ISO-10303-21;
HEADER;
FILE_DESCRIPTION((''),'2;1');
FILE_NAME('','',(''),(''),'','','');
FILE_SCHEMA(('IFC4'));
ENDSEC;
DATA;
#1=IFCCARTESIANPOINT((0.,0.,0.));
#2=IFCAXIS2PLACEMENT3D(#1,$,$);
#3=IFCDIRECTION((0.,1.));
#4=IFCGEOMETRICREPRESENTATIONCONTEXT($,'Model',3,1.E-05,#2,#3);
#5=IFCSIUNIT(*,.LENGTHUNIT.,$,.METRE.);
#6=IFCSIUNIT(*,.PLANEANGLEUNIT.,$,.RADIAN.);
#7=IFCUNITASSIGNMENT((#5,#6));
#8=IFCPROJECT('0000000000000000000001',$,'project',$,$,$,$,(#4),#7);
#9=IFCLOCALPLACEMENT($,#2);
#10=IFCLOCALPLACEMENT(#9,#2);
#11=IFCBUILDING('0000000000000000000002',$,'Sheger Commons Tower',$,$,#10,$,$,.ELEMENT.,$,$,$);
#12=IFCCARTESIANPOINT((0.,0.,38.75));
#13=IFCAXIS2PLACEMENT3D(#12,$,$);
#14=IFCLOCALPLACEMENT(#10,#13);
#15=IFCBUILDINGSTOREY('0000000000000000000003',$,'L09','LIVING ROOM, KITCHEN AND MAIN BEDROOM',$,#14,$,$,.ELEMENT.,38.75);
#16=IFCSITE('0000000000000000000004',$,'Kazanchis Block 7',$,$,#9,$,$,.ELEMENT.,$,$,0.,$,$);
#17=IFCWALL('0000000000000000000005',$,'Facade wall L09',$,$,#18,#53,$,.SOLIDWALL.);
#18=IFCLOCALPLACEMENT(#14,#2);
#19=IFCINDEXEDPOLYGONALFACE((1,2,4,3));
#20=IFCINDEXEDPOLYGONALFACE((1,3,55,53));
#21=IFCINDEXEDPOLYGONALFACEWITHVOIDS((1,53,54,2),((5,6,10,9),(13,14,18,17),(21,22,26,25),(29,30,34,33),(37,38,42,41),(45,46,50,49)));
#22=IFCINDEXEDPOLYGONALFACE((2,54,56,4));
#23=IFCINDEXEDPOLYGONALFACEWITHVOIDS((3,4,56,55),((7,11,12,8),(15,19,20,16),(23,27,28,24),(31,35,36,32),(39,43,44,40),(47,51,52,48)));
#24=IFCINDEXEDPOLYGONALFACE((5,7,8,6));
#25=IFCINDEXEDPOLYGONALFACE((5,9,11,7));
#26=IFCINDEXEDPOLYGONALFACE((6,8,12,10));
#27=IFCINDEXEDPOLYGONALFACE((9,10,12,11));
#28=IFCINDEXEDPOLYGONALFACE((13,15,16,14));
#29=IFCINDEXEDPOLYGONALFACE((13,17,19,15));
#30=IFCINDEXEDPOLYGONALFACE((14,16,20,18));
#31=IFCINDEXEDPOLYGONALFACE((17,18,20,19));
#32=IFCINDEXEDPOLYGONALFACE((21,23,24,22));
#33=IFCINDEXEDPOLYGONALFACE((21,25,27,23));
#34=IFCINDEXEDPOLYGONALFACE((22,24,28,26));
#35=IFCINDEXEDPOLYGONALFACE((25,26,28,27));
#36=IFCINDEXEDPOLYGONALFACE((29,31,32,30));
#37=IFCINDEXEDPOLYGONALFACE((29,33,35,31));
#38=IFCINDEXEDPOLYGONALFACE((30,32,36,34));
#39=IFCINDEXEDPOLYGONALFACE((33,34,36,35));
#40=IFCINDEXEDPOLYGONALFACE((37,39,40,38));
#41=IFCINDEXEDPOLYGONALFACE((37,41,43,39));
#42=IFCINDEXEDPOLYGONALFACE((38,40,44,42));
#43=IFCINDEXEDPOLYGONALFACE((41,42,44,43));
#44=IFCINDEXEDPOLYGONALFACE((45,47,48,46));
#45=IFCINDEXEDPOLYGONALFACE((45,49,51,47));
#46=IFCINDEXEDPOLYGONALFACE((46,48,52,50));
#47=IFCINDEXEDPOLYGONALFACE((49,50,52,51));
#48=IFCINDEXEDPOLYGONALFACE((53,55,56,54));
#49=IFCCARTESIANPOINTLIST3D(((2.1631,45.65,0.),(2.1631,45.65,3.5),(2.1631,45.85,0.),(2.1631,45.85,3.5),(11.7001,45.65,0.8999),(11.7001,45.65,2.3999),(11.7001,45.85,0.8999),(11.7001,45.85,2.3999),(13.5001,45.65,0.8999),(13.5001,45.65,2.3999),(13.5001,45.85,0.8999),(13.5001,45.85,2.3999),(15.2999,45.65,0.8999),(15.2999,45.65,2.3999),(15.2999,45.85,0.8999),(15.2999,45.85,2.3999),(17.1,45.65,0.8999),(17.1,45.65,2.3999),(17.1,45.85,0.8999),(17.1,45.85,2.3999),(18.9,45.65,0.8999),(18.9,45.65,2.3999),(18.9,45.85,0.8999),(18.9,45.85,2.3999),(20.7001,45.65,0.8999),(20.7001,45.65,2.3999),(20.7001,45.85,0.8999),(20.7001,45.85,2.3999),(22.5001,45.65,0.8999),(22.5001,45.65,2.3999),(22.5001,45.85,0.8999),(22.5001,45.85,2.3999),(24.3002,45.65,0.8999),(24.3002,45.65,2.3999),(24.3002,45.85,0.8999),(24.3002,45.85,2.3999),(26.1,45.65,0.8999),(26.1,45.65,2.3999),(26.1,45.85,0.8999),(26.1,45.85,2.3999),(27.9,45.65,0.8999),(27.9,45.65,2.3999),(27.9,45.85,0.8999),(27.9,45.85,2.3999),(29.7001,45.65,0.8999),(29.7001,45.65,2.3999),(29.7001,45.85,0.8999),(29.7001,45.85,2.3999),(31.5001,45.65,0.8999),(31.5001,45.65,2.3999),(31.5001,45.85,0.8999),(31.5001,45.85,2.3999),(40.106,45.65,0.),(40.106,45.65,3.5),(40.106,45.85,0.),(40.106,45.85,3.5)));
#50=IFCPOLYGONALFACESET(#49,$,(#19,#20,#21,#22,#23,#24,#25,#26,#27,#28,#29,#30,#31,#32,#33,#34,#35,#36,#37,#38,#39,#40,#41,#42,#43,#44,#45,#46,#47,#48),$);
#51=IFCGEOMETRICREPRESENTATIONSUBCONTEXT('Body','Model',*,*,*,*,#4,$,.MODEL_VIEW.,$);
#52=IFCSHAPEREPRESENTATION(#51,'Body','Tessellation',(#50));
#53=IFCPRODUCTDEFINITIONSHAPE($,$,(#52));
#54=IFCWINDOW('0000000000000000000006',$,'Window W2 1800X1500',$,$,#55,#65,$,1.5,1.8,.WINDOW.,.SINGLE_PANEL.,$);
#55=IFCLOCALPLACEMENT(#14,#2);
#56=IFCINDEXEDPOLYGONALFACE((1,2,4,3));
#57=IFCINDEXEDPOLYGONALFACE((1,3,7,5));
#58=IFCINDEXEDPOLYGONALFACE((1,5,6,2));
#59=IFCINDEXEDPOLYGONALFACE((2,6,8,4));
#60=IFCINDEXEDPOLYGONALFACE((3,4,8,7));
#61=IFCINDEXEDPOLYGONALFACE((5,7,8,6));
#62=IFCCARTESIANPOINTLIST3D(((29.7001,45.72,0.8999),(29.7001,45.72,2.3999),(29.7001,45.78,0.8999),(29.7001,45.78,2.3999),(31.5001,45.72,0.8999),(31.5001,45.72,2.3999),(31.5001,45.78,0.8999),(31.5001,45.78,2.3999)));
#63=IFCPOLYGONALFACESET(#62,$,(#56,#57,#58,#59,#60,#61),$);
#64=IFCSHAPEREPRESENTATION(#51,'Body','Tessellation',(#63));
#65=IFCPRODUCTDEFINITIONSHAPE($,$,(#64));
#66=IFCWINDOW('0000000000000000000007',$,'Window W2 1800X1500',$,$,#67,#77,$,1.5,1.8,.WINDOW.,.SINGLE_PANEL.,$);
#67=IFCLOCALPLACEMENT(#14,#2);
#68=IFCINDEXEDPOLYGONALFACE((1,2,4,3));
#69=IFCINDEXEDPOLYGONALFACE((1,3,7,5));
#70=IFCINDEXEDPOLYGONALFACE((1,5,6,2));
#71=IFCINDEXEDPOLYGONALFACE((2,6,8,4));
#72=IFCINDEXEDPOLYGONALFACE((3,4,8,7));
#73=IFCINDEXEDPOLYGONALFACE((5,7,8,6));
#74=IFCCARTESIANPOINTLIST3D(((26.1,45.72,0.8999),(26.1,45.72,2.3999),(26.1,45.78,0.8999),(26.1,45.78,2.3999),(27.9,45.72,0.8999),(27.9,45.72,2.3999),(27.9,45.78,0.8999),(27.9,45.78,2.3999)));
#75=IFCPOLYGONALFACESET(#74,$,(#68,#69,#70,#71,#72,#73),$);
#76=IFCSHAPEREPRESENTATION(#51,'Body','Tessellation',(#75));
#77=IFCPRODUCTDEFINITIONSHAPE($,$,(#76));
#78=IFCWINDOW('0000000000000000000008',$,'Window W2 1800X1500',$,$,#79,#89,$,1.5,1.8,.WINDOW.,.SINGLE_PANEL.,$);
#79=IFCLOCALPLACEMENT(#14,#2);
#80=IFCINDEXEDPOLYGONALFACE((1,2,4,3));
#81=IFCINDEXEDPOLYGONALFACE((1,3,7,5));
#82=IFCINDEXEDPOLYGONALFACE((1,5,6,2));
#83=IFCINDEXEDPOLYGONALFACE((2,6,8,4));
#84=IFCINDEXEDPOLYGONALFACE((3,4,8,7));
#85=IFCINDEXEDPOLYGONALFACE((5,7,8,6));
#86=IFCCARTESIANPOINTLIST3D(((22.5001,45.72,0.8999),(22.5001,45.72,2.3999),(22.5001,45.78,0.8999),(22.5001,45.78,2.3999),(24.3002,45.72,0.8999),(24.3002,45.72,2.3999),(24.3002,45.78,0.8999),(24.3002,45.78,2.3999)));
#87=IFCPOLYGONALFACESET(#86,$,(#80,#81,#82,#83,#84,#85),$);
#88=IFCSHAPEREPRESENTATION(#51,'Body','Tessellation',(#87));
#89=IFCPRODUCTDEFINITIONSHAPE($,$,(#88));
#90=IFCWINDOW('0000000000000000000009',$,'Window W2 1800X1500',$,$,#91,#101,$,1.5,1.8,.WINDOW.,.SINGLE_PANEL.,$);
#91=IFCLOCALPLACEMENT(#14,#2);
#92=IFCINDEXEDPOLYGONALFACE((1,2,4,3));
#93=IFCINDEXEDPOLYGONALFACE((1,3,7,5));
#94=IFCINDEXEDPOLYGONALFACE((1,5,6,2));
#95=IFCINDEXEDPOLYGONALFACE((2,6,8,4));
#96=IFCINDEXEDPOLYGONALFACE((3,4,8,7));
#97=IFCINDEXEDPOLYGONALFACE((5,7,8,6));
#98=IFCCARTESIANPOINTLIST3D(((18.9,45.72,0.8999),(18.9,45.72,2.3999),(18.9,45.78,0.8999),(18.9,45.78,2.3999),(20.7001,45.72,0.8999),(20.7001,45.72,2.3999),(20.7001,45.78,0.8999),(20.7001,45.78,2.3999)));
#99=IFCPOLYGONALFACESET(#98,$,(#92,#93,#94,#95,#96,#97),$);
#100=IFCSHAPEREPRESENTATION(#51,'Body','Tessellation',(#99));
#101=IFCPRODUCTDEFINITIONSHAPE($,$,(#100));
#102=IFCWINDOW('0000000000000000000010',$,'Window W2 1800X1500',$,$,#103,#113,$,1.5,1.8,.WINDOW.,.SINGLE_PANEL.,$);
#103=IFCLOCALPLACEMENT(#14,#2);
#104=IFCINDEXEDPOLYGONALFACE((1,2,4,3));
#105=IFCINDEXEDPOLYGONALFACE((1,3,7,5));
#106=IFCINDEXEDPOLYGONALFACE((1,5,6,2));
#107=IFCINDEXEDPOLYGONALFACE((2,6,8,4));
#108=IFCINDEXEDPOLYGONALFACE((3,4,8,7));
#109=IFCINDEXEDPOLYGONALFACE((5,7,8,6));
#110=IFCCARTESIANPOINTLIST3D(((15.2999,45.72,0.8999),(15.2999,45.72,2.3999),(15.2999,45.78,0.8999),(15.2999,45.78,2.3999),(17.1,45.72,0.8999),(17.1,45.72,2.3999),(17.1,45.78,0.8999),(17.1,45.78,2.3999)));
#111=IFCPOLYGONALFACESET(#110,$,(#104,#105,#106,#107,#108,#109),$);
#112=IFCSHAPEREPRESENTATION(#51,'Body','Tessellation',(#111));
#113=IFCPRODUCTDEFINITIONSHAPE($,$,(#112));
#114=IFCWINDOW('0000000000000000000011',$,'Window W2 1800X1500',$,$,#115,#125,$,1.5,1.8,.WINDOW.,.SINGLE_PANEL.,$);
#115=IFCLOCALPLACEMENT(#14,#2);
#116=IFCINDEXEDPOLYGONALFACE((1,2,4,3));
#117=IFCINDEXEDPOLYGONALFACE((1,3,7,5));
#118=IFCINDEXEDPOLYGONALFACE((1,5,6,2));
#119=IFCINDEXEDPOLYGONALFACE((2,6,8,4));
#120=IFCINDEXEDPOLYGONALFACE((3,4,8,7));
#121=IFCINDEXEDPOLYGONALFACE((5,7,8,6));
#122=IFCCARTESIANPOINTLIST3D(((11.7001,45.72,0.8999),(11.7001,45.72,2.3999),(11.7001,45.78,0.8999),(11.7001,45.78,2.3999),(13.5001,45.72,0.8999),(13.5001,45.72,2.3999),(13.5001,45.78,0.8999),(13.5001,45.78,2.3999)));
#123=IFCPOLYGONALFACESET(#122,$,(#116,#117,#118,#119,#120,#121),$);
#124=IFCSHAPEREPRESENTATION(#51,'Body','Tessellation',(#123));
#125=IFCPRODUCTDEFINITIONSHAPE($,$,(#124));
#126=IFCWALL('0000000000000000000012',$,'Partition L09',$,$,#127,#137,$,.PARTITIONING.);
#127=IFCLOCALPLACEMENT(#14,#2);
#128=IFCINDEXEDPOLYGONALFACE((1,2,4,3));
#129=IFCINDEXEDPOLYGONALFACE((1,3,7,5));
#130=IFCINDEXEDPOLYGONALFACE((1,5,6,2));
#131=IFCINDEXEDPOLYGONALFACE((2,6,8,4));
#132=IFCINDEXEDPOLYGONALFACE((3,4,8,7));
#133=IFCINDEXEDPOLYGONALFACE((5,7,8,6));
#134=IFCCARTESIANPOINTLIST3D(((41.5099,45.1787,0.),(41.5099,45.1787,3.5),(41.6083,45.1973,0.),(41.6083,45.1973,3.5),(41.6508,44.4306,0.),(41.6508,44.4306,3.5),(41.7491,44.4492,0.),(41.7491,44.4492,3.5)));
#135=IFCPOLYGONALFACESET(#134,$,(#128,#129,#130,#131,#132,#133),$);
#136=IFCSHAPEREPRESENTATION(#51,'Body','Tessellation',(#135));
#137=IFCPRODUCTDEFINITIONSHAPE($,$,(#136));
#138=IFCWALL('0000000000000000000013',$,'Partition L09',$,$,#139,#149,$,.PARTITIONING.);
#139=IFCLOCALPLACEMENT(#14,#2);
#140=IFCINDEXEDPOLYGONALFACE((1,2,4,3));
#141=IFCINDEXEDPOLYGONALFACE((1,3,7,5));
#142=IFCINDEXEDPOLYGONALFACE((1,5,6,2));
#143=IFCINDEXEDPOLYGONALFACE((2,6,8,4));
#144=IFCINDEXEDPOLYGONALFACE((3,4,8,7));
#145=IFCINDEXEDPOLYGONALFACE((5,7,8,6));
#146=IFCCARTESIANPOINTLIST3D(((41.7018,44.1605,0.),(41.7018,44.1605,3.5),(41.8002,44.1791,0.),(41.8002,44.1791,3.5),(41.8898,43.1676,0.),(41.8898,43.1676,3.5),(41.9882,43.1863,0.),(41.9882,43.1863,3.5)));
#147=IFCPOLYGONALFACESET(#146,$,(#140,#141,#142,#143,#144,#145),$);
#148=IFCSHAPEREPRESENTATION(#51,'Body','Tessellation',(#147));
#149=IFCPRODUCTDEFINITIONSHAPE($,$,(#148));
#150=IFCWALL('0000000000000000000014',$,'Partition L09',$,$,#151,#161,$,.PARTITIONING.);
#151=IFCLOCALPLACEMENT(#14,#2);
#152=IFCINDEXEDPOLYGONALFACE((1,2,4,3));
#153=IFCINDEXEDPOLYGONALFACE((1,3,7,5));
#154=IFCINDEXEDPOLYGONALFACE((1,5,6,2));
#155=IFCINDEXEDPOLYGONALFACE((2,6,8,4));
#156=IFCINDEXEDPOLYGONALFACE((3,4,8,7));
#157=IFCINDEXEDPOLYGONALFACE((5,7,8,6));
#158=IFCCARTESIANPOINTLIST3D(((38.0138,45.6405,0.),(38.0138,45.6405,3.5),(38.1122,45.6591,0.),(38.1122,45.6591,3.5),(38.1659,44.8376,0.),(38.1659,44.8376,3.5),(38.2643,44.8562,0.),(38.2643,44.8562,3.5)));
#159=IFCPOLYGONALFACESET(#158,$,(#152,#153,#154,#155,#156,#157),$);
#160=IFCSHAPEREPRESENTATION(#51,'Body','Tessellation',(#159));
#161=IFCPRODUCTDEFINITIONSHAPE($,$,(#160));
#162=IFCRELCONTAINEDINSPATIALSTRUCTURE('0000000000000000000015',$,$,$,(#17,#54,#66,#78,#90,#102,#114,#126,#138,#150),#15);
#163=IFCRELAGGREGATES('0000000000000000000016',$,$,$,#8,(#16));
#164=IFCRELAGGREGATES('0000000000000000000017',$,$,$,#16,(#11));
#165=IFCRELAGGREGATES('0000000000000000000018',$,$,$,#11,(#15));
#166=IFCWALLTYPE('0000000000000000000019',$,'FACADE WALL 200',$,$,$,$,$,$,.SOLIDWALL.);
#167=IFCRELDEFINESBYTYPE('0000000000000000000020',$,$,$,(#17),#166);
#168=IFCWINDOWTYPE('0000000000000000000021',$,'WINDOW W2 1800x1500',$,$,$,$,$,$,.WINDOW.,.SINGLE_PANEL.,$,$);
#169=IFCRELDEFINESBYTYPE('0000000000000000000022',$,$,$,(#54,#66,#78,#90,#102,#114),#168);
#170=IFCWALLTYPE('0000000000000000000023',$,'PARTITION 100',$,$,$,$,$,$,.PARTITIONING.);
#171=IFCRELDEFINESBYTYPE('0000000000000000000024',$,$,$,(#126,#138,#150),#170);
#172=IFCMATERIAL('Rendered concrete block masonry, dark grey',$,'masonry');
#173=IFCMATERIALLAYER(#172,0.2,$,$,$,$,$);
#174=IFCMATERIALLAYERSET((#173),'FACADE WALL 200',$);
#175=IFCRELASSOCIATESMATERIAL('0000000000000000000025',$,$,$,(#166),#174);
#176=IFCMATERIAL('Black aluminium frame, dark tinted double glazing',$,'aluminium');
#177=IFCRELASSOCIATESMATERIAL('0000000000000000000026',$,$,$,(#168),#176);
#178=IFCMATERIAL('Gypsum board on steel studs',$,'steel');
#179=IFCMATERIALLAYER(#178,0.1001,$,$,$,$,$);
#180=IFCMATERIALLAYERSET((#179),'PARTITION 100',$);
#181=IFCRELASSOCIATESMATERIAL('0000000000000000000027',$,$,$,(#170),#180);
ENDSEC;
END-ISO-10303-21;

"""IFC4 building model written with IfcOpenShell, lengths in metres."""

from ifc_helpers import new_model, si_unit, direction, frame, frame_2d, origin, place, context, subcontext, project, spatial, rectangle, extrude, material, layer, layer_set, type_object, element, fill, save


model = new_model("IFC4")

# Units and contexts
model_context = context("Model", 3, precision=1e-05, world=origin(), true_north=direction((0.0, 1.0)))
body_context = subcontext(model_context, "Body", "Model", "MODEL_VIEW")
ifc_project = project(units=[si_unit("LENGTHUNIT", "METRE"), si_unit("PLANEANGLEUNIT", "RADIAN")], contexts=[model_context])

# Site, building, storey
site_placement = place(None, origin())
site = spatial("IfcSite", under=ifc_project, at=site_placement, Name="Kazanchis Block 7", CompositionType="ELEMENT", RefElevation=0.0)
building_placement = place(site_placement, origin())
building = spatial("IfcBuilding", under=site, at=building_placement, Name="Sheger Commons Tower", CompositionType="ELEMENT")
storey_placement = place(building_placement, frame((0.0, 0.0, 38.75)))
storey = spatial("IfcBuildingStorey", under=building, at=storey_placement, Name="L09", Description="LIVING ROOM, KITCHEN AND MAIN BEDROOM", CompositionType="ELEMENT", Elevation=38.75)

# Shared definitions
ifc_material_1 = material(Name="Rendered concrete block masonry, dark grey", Category="masonry")
ifc_layer_1 = layer(ifc_material_1, 0.2)
ifc_layer_set_1 = layer_set([ifc_layer_1], Name="FACADE WALL 200")
wall_type_1 = type_object("IfcWallType", Name="FACADE WALL 200", PredefinedType="SOLIDWALL", material=ifc_layer_set_1)

# Wall, openings, windows
wall_1_placement = place(storey_placement, frame((40.106, 45.75, 0.0), z_axis=(0.0, 0.0, 1.0), x_axis=(-1.0, 0.0, 0.0)))
wall_1 = element("IfcWall", 1, at=wall_1_placement, inside=storey, type_object=wall_type_1, Name="Facade wall L09", PredefinedType="SOLIDWALL", context=body_context, shape_type="SweptSolid", body=[
    extrude(rectangle(XDim=37.9429, YDim=0.2, at=frame_2d((18.9714, 0.0))), origin(), (0.0, 0.0, 1.0), 3.5),
])
opening_1_placement = place(wall_1_placement, frame((8.606, 0.0, 0.8999)))
opening_1 = element("IfcOpeningElement", 2, at=opening_1_placement, cuts=wall_1, PredefinedType="OPENING", context=body_context, shape_type="SweptSolid", body=[
    extrude(rectangle(XDim=1.8, YDim=1.5, at=frame_2d((0.8999, 0.75))), frame((0.0, 0.1099, 0.0), z_axis=(0.0, -1.0, 0.0), x_axis=(1.0, 0.0, 0.0)), (0.0, 0.0, 1.0), 0.22),
])
opening_2_placement = place(wall_1_placement, frame((12.2061, 0.0, 0.8999)))
opening_2 = element("IfcOpeningElement", 3, at=opening_2_placement, cuts=wall_1, PredefinedType="OPENING", context=body_context, shape_type="SweptSolid", body=[
    extrude(rectangle(XDim=1.8, YDim=1.5, at=frame_2d((0.8999, 0.75))), frame((0.0, 0.1099, 0.0), z_axis=(0.0, -1.0, 0.0), x_axis=(1.0, 0.0, 0.0)), (0.0, 0.0, 1.0), 0.22),
])
opening_3_placement = place(wall_1_placement, frame((15.8059, 0.0, 0.8999)))
opening_3 = element("IfcOpeningElement", 4, at=opening_3_placement, cuts=wall_1, PredefinedType="OPENING", context=body_context, shape_type="SweptSolid", body=[
    extrude(rectangle(XDim=1.8, YDim=1.5, at=frame_2d((0.8999, 0.75))), frame((0.0, 0.1099, 0.0), z_axis=(0.0, -1.0, 0.0), x_axis=(1.0, 0.0, 0.0)), (0.0, 0.0, 1.0), 0.22),
])
opening_4_placement = place(wall_1_placement, frame((19.406, 0.0, 0.8999)))
opening_4 = element("IfcOpeningElement", 5, at=opening_4_placement, cuts=wall_1, PredefinedType="OPENING", context=body_context, shape_type="SweptSolid", body=[
    extrude(rectangle(XDim=1.8, YDim=1.5, at=frame_2d((0.8999, 0.75))), frame((0.0, 0.1099, 0.0), z_axis=(0.0, -1.0, 0.0), x_axis=(1.0, 0.0, 0.0)), (0.0, 0.0, 1.0), 0.22),
])
opening_5_placement = place(wall_1_placement, frame((23.0061, 0.0, 0.8999)))
opening_5 = element("IfcOpeningElement", 6, at=opening_5_placement, cuts=wall_1, PredefinedType="OPENING", context=body_context, shape_type="SweptSolid", body=[
    extrude(rectangle(XDim=1.8, YDim=1.5, at=frame_2d((0.8999, 0.75))), frame((0.0, 0.1099, 0.0), z_axis=(0.0, -1.0, 0.0), x_axis=(1.0, 0.0, 0.0)), (0.0, 0.0, 1.0), 0.22),
])
opening_6_placement = place(wall_1_placement, frame((26.606, 0.0, 0.8999)))
opening_6 = element("IfcOpeningElement", 7, at=opening_6_placement, cuts=wall_1, PredefinedType="OPENING", context=body_context, shape_type="SweptSolid", body=[
    extrude(rectangle(XDim=1.8, YDim=1.5, at=frame_2d((0.8999, 0.75))), frame((0.0, 0.1099, 0.0), z_axis=(0.0, -1.0, 0.0), x_axis=(1.0, 0.0, 0.0)), (0.0, 0.0, 1.0), 0.22),
])
ifc_material_2 = material(Name="Black aluminium frame, dark tinted double glazing", Category="aluminium")
window_type = type_object("IfcWindowType", Name="WINDOW W2 1800x1500", PartitioningType="SINGLE_PANEL", PredefinedType="WINDOW", material=ifc_material_2)
window_1_placement = place(opening_1_placement, origin())
window_1 = element("IfcWindow", 8, at=window_1_placement, inside=storey, type_object=window_type, Name="Window W2 1800X1500", OverallHeight=1.5, OverallWidth=1.8, PartitioningType="SINGLE_PANEL", PredefinedType="WINDOW", context=body_context, shape_type="SweptSolid", body=[
    extrude(rectangle(XDim=1.8, YDim=1.5, at=frame_2d((0.8999, 0.75))), frame((0.0, 0.03, 0.0), z_axis=(0.0, -1.0, 0.0), x_axis=(1.0, 0.0, 0.0)), (0.0, 0.0, 1.0), 0.0601),
])
fill(opening_1, window_1)
window_2_placement = place(opening_2_placement, origin())
window_2 = element("IfcWindow", 9, at=window_2_placement, inside=storey, type_object=window_type, Name="Window W2 1800X1500", OverallHeight=1.5, OverallWidth=1.8, PartitioningType="SINGLE_PANEL", PredefinedType="WINDOW", context=body_context, shape_type="SweptSolid", body=[
    extrude(rectangle(XDim=1.8, YDim=1.5, at=frame_2d((0.8999, 0.75))), frame((0.0, 0.03, 0.0), z_axis=(0.0, -1.0, 0.0), x_axis=(1.0, 0.0, 0.0)), (0.0, 0.0, 1.0), 0.0601),
])
fill(opening_2, window_2)
window_3_placement = place(opening_3_placement, origin())
window_3 = element("IfcWindow", 10, at=window_3_placement, inside=storey, type_object=window_type, Name="Window W2 1800X1500", OverallHeight=1.5, OverallWidth=1.8, PartitioningType="SINGLE_PANEL", PredefinedType="WINDOW", context=body_context, shape_type="SweptSolid", body=[
    extrude(rectangle(XDim=1.8, YDim=1.5, at=frame_2d((0.8999, 0.75))), frame((0.0, 0.03, 0.0), z_axis=(0.0, -1.0, 0.0), x_axis=(1.0, 0.0, 0.0)), (0.0, 0.0, 1.0), 0.0601),
])
fill(opening_3, window_3)
window_4_placement = place(opening_4_placement, origin())
window_4 = element("IfcWindow", 11, at=window_4_placement, inside=storey, type_object=window_type, Name="Window W2 1800X1500", OverallHeight=1.5, OverallWidth=1.8, PartitioningType="SINGLE_PANEL", PredefinedType="WINDOW", context=body_context, shape_type="SweptSolid", body=[
    extrude(rectangle(XDim=1.8, YDim=1.5, at=frame_2d((0.8999, 0.75))), frame((0.0, 0.03, 0.0), z_axis=(0.0, -1.0, 0.0), x_axis=(1.0, 0.0, 0.0)), (0.0, 0.0, 1.0), 0.0601),
])
fill(opening_4, window_4)
window_5_placement = place(opening_5_placement, origin())
window_5 = element("IfcWindow", 12, at=window_5_placement, inside=storey, type_object=window_type, Name="Window W2 1800X1500", OverallHeight=1.5, OverallWidth=1.8, PartitioningType="SINGLE_PANEL", PredefinedType="WINDOW", context=body_context, shape_type="SweptSolid", body=[
    extrude(rectangle(XDim=1.8, YDim=1.5, at=frame_2d((0.8999, 0.75))), frame((0.0, 0.03, 0.0), z_axis=(0.0, -1.0, 0.0), x_axis=(1.0, 0.0, 0.0)), (0.0, 0.0, 1.0), 0.0601),
])
fill(opening_5, window_5)
window_6_placement = place(opening_6_placement, origin())
window_6 = element("IfcWindow", 13, at=window_6_placement, inside=storey, type_object=window_type, Name="Window W2 1800X1500", OverallHeight=1.5, OverallWidth=1.8, PartitioningType="SINGLE_PANEL", PredefinedType="WINDOW", context=body_context, shape_type="SweptSolid", body=[
    extrude(rectangle(XDim=1.8, YDim=1.5, at=frame_2d((0.8999, 0.75))), frame((0.0, 0.03, 0.0), z_axis=(0.0, -1.0, 0.0), x_axis=(1.0, 0.0, 0.0)), (0.0, 0.0, 1.0), 0.0601),
])
fill(opening_6, window_6)

# Walls
ifc_material_3 = material(Name="Gypsum board on steel studs", Category="steel")
ifc_layer_2 = layer(ifc_material_3, 0.1001)
ifc_layer_set_2 = layer_set([ifc_layer_2], Name="PARTITION 100")
wall_type_2 = type_object("IfcWallType", Name="PARTITION 100", PredefinedType="PARTITIONING", material=ifc_layer_set_2)
wall_2_placement = place(storey_placement, frame((41.5591, 45.188, 0.0), z_axis=(0.0, 0.0, 1.0), x_axis=(0.185063, -0.982727, 0.0)))
element("IfcWall", 14, at=wall_2_placement, inside=storey, type_object=wall_type_2, Name="Partition L09", PredefinedType="PARTITIONING", context=body_context, shape_type="SweptSolid", body=[
    extrude(rectangle(XDim=0.7612, YDim=0.1001, at=frame_2d((0.3806, 0.0))), origin(), (0.0, 0.0, 1.0), 3.5),
])
wall_3_placement = place(storey_placement, frame((41.751, 44.1699, 0.0), z_axis=(0.0, 0.0, 1.0), x_axis=(0.186024, -0.982545, 0.0)))
element("IfcWall", 15, at=wall_3_placement, inside=storey, type_object=wall_type_2, Name="Partition L09", PredefinedType="PARTITIONING", context=body_context, shape_type="SweptSolid", body=[
    extrude(rectangle(XDim=1.0105, YDim=0.1001, at=frame_2d((0.5054, 0.0))), origin(), (0.0, 0.0, 1.0), 3.5),
])
wall_4_placement = place(storey_placement, frame((38.063, 45.6499, 0.0), z_axis=(0.0, 0.0, 1.0), x_axis=(0.18611, -0.982529, 0.0)))
element("IfcWall", 16, at=wall_4_placement, inside=storey, type_object=wall_type_2, Name="Partition L09", PredefinedType="PARTITIONING", context=body_context, shape_type="SweptSolid", body=[
    extrude(rectangle(XDim=0.8171, YDim=0.1001, at=frame_2d((0.4087, 0.0))), origin(), (0.0, 0.0, 1.0), 3.5),
])

save(model, "model.ifc")
